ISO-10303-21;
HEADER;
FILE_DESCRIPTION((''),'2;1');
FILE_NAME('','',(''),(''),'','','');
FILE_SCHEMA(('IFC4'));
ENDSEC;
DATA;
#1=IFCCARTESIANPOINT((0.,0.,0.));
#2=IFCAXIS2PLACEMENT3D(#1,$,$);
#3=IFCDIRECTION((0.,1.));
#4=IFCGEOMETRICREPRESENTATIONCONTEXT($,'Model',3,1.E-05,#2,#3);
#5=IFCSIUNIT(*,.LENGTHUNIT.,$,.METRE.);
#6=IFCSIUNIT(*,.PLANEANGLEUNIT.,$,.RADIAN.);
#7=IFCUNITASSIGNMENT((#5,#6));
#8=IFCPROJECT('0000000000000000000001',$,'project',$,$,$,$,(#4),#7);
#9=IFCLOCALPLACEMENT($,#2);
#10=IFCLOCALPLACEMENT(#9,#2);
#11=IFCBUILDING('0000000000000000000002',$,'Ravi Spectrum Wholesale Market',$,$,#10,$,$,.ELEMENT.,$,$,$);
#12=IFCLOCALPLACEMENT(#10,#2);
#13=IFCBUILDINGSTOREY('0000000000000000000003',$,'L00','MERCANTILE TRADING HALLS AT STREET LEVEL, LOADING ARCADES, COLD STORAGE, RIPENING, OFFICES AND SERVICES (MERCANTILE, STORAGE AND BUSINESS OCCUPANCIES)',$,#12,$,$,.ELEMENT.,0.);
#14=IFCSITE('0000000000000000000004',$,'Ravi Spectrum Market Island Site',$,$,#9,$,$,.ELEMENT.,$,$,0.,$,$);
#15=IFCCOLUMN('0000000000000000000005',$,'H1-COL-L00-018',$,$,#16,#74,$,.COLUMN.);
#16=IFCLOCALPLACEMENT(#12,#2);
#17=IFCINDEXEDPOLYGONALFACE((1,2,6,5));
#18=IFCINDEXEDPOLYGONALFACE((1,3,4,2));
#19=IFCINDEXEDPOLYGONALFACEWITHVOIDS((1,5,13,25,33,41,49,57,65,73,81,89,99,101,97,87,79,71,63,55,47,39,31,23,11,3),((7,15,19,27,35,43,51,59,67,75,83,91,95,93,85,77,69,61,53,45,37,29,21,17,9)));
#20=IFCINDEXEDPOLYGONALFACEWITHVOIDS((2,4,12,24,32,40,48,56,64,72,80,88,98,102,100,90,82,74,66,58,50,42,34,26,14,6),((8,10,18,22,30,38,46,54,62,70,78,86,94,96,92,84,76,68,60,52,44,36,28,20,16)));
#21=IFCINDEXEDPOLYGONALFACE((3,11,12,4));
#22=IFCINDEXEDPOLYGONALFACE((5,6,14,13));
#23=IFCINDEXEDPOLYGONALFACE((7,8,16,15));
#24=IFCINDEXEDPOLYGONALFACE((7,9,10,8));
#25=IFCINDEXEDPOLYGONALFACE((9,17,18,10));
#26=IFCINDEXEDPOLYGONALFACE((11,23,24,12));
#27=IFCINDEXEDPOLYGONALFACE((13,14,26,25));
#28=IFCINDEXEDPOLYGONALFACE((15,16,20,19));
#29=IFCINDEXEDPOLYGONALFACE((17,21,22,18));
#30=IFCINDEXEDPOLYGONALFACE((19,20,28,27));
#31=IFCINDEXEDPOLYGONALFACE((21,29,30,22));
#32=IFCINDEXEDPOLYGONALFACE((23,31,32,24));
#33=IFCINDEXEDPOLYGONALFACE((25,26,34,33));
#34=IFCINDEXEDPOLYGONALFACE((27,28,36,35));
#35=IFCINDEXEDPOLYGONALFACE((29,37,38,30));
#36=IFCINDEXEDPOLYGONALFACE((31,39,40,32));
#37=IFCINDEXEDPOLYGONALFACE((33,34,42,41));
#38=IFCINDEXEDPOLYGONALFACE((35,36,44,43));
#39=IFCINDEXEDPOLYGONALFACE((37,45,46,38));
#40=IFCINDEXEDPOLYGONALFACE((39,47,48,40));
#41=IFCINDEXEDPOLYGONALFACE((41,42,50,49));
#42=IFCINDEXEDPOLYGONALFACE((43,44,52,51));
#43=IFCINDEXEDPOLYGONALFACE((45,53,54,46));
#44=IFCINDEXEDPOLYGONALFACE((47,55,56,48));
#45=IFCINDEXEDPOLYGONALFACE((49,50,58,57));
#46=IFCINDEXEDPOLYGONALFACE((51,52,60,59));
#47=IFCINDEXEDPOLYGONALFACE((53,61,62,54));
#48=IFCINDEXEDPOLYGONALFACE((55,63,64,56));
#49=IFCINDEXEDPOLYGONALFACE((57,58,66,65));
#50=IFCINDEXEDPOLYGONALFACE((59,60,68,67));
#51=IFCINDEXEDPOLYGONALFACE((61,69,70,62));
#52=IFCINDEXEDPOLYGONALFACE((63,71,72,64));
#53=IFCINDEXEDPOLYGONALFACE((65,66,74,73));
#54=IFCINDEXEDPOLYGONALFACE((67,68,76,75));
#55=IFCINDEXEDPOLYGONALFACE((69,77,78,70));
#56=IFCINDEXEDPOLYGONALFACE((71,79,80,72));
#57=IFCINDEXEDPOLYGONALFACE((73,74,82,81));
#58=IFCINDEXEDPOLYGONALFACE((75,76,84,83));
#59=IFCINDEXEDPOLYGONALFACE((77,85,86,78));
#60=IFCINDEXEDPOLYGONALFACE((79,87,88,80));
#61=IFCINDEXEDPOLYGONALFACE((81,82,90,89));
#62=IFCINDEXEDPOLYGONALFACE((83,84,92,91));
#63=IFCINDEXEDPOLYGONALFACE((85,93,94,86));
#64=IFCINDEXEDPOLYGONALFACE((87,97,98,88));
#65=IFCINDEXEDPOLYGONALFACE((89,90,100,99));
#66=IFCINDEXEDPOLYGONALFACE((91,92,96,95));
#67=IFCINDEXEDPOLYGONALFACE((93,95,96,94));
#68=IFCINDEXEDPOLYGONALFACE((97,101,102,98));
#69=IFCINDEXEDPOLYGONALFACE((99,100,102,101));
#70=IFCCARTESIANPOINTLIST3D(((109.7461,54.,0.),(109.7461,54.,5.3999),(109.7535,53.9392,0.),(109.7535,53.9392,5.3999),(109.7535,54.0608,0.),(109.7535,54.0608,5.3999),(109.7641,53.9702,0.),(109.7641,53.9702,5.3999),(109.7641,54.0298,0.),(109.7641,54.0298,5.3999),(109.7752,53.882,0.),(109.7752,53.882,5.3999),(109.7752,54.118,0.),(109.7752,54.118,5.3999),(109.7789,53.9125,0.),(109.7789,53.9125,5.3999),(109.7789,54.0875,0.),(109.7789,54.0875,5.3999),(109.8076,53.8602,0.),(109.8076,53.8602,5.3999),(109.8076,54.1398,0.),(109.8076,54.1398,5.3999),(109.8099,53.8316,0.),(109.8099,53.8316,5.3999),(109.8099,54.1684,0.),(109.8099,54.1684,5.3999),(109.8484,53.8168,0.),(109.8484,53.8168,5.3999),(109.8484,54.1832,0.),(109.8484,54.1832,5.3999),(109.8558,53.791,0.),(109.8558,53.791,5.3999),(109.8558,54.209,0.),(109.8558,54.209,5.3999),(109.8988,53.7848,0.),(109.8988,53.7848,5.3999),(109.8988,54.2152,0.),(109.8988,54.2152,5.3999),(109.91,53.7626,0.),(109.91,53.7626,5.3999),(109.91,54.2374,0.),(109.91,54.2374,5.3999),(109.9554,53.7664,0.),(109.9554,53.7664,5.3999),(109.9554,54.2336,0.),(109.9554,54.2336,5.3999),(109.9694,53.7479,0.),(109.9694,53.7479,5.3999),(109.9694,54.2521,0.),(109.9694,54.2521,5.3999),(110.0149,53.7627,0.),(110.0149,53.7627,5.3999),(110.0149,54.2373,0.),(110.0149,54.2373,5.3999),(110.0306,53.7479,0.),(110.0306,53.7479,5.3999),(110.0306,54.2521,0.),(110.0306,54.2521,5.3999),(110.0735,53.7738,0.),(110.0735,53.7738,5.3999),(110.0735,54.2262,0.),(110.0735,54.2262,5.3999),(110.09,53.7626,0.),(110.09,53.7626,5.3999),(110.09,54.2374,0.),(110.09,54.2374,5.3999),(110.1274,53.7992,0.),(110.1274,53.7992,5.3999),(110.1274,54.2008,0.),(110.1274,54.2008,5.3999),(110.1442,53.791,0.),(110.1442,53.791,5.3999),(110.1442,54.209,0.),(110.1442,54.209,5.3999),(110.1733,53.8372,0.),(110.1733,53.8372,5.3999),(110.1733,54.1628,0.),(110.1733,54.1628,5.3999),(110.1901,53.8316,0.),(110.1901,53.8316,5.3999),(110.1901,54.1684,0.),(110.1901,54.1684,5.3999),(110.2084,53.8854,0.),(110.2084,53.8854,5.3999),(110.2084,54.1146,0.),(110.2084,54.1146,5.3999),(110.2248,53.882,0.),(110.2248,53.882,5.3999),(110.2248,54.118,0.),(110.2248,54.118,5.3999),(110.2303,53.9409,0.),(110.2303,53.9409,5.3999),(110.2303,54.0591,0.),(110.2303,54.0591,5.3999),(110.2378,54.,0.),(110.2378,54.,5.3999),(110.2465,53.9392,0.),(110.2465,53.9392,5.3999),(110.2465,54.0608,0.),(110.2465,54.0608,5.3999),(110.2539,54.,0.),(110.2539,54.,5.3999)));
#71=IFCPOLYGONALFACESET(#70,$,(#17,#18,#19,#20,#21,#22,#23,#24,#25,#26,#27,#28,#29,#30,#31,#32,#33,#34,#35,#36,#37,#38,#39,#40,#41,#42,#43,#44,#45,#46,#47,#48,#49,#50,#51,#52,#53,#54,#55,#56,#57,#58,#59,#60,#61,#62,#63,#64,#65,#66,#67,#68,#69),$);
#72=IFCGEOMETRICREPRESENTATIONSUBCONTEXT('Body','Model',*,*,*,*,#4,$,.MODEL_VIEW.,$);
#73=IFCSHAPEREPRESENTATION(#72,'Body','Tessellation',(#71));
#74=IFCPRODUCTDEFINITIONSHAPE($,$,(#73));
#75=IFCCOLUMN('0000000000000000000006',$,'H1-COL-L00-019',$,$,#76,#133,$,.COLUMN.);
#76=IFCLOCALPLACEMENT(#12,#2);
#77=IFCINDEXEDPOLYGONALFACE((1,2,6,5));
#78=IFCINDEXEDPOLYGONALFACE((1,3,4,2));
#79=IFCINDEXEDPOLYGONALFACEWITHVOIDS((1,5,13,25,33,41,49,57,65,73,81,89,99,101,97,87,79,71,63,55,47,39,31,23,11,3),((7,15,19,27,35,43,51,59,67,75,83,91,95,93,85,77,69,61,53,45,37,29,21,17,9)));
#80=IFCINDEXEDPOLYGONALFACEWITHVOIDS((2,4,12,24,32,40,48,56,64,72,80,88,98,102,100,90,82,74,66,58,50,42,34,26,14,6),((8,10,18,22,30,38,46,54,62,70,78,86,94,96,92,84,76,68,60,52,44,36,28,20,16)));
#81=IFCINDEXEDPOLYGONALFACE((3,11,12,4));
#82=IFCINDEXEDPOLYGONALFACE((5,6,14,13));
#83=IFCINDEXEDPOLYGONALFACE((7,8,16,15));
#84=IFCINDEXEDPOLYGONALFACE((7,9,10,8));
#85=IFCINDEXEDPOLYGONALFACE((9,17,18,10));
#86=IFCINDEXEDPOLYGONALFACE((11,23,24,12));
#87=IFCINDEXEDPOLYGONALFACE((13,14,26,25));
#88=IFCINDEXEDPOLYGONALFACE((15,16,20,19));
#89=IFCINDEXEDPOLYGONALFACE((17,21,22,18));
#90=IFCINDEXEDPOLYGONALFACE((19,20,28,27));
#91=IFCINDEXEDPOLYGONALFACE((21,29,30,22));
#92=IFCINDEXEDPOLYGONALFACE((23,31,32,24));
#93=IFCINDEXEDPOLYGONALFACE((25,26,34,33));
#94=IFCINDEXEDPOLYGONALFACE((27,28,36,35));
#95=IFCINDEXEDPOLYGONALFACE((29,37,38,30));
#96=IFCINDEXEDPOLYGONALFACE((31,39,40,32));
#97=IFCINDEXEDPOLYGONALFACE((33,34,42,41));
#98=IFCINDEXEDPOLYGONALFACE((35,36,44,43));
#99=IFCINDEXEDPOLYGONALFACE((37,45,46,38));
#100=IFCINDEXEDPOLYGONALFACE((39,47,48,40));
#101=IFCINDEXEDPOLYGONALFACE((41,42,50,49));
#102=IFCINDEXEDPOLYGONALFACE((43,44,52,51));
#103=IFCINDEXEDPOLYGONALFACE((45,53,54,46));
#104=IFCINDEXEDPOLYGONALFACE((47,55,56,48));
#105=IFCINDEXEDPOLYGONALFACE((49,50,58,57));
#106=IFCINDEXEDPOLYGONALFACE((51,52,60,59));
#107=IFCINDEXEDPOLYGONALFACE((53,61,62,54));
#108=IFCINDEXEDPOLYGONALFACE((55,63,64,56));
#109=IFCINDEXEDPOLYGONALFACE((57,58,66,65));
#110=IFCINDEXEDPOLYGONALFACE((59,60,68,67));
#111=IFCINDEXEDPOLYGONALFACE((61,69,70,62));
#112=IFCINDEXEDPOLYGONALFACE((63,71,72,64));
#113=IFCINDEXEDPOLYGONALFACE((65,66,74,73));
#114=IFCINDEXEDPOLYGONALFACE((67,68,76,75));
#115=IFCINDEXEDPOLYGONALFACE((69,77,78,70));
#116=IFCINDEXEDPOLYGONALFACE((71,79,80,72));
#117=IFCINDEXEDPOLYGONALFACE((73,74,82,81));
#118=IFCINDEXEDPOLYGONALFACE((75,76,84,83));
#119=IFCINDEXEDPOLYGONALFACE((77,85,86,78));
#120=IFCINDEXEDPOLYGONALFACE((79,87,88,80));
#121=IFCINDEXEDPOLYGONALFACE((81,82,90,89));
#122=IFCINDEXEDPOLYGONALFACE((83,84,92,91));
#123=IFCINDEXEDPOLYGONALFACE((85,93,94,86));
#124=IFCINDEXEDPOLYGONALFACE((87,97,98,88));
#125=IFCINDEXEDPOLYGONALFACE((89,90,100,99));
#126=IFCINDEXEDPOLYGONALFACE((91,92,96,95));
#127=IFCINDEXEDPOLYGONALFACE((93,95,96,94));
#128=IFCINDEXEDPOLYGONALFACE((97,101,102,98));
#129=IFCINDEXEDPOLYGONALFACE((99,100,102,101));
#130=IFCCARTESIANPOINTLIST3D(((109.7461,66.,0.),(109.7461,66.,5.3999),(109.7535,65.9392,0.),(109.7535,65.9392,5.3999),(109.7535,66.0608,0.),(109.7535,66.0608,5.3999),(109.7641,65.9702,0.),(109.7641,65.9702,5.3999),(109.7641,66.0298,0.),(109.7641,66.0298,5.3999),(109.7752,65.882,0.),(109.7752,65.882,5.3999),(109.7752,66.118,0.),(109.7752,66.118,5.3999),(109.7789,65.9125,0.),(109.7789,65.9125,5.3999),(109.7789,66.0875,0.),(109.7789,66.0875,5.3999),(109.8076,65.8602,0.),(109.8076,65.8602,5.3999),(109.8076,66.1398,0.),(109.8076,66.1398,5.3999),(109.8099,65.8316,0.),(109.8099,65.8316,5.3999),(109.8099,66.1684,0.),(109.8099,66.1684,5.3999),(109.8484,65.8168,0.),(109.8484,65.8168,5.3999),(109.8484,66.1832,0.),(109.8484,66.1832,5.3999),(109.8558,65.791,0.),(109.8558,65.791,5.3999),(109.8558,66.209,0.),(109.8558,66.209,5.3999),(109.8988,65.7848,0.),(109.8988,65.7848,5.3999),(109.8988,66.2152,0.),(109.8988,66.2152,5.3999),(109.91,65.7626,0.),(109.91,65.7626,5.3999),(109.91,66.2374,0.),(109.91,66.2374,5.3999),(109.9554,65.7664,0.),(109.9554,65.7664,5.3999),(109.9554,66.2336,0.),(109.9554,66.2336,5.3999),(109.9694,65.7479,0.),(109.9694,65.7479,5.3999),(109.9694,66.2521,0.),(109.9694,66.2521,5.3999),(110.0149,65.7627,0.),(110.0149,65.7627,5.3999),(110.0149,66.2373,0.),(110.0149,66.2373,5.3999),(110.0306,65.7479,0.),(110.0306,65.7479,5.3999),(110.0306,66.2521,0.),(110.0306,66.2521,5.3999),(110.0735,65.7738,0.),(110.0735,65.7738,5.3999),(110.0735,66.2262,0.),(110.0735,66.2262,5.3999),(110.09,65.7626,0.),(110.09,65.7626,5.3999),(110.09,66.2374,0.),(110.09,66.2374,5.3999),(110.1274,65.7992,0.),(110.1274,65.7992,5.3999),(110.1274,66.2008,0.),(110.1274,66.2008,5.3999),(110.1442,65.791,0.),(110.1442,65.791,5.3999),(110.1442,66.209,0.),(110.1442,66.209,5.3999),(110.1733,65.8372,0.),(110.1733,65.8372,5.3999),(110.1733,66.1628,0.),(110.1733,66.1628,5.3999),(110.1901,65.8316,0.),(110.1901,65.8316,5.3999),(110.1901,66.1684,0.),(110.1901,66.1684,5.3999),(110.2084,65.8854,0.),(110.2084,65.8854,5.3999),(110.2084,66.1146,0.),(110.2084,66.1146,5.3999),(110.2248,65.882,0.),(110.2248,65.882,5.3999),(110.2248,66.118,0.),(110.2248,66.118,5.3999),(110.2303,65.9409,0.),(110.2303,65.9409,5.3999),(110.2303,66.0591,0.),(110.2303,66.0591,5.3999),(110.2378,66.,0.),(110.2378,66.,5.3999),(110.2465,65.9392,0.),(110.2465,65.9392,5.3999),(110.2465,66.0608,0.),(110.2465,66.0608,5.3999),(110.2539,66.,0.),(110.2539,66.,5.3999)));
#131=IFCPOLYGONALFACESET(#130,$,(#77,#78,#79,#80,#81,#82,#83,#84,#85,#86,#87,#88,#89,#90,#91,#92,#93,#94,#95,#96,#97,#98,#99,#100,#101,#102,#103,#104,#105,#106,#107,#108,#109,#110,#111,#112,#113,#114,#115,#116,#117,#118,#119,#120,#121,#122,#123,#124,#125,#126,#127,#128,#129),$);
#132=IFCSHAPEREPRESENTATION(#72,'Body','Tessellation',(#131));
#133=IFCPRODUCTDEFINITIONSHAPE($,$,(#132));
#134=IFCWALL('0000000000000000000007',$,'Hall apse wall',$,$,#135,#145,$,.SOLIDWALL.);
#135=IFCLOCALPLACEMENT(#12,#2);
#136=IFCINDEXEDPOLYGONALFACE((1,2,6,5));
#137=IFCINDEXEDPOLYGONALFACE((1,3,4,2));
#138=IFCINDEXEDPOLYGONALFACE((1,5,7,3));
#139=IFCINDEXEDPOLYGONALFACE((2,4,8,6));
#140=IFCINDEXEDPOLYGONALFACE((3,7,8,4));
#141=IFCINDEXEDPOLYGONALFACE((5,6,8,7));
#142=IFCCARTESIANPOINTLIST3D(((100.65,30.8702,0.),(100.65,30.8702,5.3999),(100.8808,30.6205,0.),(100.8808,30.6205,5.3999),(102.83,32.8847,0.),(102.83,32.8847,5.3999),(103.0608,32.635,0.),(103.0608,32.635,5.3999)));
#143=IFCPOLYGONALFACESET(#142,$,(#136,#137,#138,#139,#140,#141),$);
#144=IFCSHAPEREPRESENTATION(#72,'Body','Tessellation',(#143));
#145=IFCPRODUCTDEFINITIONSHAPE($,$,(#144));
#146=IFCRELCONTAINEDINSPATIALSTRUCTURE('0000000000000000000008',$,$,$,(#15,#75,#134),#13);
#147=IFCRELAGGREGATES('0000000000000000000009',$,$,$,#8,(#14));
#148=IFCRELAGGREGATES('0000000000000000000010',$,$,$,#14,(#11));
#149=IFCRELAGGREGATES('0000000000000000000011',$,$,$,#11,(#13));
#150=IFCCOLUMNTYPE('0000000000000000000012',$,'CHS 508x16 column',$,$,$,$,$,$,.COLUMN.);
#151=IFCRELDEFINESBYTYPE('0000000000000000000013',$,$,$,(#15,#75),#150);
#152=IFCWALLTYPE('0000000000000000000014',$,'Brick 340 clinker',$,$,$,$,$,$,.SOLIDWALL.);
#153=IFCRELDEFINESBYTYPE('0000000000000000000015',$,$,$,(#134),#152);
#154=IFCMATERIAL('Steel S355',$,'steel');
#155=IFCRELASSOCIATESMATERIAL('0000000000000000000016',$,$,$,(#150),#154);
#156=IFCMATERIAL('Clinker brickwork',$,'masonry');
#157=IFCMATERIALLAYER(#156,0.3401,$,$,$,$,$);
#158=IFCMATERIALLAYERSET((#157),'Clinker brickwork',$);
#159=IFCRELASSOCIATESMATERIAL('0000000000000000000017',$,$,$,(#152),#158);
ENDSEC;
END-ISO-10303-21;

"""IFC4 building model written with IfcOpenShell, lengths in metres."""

from ifc_helpers import new_model, si_unit, direction, frame, frame_2d, origin, origin_2d, place, context, subcontext, project, spatial, rectangle, hollow_circle, extrude, material, layer, layer_set, material_profile, profile_set, type_object, element, save


model = new_model("IFC4")

# Units and contexts
model_context = context("Model", 3, precision=1e-05, world=origin(), true_north=direction((0.0, 1.0)))
body_context = subcontext(model_context, "Body", "Model", "MODEL_VIEW")
ifc_project = project(units=[si_unit("LENGTHUNIT", "METRE"), si_unit("PLANEANGLEUNIT", "RADIAN")], contexts=[model_context])

# Site, building, storey
site_placement = place(None, origin())
site = spatial("IfcSite", under=ifc_project, at=site_placement, Name="Ravi Spectrum Market Island Site", CompositionType="ELEMENT", RefElevation=0.0)
building_placement = place(site_placement, origin())
building = spatial("IfcBuilding", under=site, at=building_placement, Name="Ravi Spectrum Wholesale Market", CompositionType="ELEMENT")
storey_placement = place(building_placement, origin())
storey = spatial("IfcBuildingStorey", under=building, at=storey_placement, Name="L00", Description="MERCANTILE TRADING HALLS AT STREET LEVEL, LOADING ARCADES, COLD STORAGE, RIPENING, OFFICES AND SERVICES (MERCANTILE, STORAGE AND BUSINESS OCCUPANCIES)", CompositionType="ELEMENT", Elevation=0.0)

# Columns
ifc_material_1 = material(Name="Steel S355", Category="steel")
ifc_material_profile = material_profile(ifc_material_1, hollow_circle(Radius=0.2539, WallThickness=0.0161, at=origin_2d()))
ifc_profile_set = profile_set([ifc_material_profile], Name="Steel S355")
column_type = type_object("IfcColumnType", Name="CHS 508x16 column", PredefinedType="COLUMN", material=ifc_profile_set)
for number, where, z_axis, x_axis, name in (
    (1, (110.0, 54.0, 0.0), (0.0, 0.0, 1.0), (1.0, 0.0, 0.0), "H1-COL-L00-018"),
    (2, (110.0, 66.0, 0.0), (0.0, 0.0, 1.0), (1.0, 0.0, 0.0), "H1-COL-L00-019"),
):
    element("IfcColumn", number, at=place(storey_placement, frame(where, z_axis=z_axis, x_axis=x_axis)), inside=storey, type_object=column_type, Name=name, PredefinedType="COLUMN", context=body_context, shape_type="SweptSolid", body=[
        extrude(hollow_circle(Radius=0.2539, WallThickness=0.0161, at=origin_2d()), origin(), (0.0, 0.0, 1.0), 5.3999),
    ])

# Wall
ifc_material_2 = material(Name="Clinker brickwork", Category="masonry")
ifc_layer = layer(ifc_material_2, 0.3401)
ifc_layer_set = layer_set([ifc_layer], Name="Clinker brickwork")
wall_type = type_object("IfcWallType", Name="Brick 340 clinker", PredefinedType="SOLIDWALL", material=ifc_layer_set)
wall_placement = place(storey_placement, frame((100.7654, 30.7454, 0.0), z_axis=(0.0, 0.0, 1.0), x_axis=(0.734441, 0.678673, 0.0)))
element("IfcWall", 3, at=wall_placement, inside=storey, type_object=wall_type, Name="Hall apse wall", PredefinedType="SOLIDWALL", context=body_context, shape_type="SweptSolid", body=[
    extrude(rectangle(XDim=2.9683, YDim=0.3401, at=frame_2d((1.4841, 0.0))), origin(), (0.0, 0.0, 1.0), 5.3999),
])

save(model, "model.ifc")
